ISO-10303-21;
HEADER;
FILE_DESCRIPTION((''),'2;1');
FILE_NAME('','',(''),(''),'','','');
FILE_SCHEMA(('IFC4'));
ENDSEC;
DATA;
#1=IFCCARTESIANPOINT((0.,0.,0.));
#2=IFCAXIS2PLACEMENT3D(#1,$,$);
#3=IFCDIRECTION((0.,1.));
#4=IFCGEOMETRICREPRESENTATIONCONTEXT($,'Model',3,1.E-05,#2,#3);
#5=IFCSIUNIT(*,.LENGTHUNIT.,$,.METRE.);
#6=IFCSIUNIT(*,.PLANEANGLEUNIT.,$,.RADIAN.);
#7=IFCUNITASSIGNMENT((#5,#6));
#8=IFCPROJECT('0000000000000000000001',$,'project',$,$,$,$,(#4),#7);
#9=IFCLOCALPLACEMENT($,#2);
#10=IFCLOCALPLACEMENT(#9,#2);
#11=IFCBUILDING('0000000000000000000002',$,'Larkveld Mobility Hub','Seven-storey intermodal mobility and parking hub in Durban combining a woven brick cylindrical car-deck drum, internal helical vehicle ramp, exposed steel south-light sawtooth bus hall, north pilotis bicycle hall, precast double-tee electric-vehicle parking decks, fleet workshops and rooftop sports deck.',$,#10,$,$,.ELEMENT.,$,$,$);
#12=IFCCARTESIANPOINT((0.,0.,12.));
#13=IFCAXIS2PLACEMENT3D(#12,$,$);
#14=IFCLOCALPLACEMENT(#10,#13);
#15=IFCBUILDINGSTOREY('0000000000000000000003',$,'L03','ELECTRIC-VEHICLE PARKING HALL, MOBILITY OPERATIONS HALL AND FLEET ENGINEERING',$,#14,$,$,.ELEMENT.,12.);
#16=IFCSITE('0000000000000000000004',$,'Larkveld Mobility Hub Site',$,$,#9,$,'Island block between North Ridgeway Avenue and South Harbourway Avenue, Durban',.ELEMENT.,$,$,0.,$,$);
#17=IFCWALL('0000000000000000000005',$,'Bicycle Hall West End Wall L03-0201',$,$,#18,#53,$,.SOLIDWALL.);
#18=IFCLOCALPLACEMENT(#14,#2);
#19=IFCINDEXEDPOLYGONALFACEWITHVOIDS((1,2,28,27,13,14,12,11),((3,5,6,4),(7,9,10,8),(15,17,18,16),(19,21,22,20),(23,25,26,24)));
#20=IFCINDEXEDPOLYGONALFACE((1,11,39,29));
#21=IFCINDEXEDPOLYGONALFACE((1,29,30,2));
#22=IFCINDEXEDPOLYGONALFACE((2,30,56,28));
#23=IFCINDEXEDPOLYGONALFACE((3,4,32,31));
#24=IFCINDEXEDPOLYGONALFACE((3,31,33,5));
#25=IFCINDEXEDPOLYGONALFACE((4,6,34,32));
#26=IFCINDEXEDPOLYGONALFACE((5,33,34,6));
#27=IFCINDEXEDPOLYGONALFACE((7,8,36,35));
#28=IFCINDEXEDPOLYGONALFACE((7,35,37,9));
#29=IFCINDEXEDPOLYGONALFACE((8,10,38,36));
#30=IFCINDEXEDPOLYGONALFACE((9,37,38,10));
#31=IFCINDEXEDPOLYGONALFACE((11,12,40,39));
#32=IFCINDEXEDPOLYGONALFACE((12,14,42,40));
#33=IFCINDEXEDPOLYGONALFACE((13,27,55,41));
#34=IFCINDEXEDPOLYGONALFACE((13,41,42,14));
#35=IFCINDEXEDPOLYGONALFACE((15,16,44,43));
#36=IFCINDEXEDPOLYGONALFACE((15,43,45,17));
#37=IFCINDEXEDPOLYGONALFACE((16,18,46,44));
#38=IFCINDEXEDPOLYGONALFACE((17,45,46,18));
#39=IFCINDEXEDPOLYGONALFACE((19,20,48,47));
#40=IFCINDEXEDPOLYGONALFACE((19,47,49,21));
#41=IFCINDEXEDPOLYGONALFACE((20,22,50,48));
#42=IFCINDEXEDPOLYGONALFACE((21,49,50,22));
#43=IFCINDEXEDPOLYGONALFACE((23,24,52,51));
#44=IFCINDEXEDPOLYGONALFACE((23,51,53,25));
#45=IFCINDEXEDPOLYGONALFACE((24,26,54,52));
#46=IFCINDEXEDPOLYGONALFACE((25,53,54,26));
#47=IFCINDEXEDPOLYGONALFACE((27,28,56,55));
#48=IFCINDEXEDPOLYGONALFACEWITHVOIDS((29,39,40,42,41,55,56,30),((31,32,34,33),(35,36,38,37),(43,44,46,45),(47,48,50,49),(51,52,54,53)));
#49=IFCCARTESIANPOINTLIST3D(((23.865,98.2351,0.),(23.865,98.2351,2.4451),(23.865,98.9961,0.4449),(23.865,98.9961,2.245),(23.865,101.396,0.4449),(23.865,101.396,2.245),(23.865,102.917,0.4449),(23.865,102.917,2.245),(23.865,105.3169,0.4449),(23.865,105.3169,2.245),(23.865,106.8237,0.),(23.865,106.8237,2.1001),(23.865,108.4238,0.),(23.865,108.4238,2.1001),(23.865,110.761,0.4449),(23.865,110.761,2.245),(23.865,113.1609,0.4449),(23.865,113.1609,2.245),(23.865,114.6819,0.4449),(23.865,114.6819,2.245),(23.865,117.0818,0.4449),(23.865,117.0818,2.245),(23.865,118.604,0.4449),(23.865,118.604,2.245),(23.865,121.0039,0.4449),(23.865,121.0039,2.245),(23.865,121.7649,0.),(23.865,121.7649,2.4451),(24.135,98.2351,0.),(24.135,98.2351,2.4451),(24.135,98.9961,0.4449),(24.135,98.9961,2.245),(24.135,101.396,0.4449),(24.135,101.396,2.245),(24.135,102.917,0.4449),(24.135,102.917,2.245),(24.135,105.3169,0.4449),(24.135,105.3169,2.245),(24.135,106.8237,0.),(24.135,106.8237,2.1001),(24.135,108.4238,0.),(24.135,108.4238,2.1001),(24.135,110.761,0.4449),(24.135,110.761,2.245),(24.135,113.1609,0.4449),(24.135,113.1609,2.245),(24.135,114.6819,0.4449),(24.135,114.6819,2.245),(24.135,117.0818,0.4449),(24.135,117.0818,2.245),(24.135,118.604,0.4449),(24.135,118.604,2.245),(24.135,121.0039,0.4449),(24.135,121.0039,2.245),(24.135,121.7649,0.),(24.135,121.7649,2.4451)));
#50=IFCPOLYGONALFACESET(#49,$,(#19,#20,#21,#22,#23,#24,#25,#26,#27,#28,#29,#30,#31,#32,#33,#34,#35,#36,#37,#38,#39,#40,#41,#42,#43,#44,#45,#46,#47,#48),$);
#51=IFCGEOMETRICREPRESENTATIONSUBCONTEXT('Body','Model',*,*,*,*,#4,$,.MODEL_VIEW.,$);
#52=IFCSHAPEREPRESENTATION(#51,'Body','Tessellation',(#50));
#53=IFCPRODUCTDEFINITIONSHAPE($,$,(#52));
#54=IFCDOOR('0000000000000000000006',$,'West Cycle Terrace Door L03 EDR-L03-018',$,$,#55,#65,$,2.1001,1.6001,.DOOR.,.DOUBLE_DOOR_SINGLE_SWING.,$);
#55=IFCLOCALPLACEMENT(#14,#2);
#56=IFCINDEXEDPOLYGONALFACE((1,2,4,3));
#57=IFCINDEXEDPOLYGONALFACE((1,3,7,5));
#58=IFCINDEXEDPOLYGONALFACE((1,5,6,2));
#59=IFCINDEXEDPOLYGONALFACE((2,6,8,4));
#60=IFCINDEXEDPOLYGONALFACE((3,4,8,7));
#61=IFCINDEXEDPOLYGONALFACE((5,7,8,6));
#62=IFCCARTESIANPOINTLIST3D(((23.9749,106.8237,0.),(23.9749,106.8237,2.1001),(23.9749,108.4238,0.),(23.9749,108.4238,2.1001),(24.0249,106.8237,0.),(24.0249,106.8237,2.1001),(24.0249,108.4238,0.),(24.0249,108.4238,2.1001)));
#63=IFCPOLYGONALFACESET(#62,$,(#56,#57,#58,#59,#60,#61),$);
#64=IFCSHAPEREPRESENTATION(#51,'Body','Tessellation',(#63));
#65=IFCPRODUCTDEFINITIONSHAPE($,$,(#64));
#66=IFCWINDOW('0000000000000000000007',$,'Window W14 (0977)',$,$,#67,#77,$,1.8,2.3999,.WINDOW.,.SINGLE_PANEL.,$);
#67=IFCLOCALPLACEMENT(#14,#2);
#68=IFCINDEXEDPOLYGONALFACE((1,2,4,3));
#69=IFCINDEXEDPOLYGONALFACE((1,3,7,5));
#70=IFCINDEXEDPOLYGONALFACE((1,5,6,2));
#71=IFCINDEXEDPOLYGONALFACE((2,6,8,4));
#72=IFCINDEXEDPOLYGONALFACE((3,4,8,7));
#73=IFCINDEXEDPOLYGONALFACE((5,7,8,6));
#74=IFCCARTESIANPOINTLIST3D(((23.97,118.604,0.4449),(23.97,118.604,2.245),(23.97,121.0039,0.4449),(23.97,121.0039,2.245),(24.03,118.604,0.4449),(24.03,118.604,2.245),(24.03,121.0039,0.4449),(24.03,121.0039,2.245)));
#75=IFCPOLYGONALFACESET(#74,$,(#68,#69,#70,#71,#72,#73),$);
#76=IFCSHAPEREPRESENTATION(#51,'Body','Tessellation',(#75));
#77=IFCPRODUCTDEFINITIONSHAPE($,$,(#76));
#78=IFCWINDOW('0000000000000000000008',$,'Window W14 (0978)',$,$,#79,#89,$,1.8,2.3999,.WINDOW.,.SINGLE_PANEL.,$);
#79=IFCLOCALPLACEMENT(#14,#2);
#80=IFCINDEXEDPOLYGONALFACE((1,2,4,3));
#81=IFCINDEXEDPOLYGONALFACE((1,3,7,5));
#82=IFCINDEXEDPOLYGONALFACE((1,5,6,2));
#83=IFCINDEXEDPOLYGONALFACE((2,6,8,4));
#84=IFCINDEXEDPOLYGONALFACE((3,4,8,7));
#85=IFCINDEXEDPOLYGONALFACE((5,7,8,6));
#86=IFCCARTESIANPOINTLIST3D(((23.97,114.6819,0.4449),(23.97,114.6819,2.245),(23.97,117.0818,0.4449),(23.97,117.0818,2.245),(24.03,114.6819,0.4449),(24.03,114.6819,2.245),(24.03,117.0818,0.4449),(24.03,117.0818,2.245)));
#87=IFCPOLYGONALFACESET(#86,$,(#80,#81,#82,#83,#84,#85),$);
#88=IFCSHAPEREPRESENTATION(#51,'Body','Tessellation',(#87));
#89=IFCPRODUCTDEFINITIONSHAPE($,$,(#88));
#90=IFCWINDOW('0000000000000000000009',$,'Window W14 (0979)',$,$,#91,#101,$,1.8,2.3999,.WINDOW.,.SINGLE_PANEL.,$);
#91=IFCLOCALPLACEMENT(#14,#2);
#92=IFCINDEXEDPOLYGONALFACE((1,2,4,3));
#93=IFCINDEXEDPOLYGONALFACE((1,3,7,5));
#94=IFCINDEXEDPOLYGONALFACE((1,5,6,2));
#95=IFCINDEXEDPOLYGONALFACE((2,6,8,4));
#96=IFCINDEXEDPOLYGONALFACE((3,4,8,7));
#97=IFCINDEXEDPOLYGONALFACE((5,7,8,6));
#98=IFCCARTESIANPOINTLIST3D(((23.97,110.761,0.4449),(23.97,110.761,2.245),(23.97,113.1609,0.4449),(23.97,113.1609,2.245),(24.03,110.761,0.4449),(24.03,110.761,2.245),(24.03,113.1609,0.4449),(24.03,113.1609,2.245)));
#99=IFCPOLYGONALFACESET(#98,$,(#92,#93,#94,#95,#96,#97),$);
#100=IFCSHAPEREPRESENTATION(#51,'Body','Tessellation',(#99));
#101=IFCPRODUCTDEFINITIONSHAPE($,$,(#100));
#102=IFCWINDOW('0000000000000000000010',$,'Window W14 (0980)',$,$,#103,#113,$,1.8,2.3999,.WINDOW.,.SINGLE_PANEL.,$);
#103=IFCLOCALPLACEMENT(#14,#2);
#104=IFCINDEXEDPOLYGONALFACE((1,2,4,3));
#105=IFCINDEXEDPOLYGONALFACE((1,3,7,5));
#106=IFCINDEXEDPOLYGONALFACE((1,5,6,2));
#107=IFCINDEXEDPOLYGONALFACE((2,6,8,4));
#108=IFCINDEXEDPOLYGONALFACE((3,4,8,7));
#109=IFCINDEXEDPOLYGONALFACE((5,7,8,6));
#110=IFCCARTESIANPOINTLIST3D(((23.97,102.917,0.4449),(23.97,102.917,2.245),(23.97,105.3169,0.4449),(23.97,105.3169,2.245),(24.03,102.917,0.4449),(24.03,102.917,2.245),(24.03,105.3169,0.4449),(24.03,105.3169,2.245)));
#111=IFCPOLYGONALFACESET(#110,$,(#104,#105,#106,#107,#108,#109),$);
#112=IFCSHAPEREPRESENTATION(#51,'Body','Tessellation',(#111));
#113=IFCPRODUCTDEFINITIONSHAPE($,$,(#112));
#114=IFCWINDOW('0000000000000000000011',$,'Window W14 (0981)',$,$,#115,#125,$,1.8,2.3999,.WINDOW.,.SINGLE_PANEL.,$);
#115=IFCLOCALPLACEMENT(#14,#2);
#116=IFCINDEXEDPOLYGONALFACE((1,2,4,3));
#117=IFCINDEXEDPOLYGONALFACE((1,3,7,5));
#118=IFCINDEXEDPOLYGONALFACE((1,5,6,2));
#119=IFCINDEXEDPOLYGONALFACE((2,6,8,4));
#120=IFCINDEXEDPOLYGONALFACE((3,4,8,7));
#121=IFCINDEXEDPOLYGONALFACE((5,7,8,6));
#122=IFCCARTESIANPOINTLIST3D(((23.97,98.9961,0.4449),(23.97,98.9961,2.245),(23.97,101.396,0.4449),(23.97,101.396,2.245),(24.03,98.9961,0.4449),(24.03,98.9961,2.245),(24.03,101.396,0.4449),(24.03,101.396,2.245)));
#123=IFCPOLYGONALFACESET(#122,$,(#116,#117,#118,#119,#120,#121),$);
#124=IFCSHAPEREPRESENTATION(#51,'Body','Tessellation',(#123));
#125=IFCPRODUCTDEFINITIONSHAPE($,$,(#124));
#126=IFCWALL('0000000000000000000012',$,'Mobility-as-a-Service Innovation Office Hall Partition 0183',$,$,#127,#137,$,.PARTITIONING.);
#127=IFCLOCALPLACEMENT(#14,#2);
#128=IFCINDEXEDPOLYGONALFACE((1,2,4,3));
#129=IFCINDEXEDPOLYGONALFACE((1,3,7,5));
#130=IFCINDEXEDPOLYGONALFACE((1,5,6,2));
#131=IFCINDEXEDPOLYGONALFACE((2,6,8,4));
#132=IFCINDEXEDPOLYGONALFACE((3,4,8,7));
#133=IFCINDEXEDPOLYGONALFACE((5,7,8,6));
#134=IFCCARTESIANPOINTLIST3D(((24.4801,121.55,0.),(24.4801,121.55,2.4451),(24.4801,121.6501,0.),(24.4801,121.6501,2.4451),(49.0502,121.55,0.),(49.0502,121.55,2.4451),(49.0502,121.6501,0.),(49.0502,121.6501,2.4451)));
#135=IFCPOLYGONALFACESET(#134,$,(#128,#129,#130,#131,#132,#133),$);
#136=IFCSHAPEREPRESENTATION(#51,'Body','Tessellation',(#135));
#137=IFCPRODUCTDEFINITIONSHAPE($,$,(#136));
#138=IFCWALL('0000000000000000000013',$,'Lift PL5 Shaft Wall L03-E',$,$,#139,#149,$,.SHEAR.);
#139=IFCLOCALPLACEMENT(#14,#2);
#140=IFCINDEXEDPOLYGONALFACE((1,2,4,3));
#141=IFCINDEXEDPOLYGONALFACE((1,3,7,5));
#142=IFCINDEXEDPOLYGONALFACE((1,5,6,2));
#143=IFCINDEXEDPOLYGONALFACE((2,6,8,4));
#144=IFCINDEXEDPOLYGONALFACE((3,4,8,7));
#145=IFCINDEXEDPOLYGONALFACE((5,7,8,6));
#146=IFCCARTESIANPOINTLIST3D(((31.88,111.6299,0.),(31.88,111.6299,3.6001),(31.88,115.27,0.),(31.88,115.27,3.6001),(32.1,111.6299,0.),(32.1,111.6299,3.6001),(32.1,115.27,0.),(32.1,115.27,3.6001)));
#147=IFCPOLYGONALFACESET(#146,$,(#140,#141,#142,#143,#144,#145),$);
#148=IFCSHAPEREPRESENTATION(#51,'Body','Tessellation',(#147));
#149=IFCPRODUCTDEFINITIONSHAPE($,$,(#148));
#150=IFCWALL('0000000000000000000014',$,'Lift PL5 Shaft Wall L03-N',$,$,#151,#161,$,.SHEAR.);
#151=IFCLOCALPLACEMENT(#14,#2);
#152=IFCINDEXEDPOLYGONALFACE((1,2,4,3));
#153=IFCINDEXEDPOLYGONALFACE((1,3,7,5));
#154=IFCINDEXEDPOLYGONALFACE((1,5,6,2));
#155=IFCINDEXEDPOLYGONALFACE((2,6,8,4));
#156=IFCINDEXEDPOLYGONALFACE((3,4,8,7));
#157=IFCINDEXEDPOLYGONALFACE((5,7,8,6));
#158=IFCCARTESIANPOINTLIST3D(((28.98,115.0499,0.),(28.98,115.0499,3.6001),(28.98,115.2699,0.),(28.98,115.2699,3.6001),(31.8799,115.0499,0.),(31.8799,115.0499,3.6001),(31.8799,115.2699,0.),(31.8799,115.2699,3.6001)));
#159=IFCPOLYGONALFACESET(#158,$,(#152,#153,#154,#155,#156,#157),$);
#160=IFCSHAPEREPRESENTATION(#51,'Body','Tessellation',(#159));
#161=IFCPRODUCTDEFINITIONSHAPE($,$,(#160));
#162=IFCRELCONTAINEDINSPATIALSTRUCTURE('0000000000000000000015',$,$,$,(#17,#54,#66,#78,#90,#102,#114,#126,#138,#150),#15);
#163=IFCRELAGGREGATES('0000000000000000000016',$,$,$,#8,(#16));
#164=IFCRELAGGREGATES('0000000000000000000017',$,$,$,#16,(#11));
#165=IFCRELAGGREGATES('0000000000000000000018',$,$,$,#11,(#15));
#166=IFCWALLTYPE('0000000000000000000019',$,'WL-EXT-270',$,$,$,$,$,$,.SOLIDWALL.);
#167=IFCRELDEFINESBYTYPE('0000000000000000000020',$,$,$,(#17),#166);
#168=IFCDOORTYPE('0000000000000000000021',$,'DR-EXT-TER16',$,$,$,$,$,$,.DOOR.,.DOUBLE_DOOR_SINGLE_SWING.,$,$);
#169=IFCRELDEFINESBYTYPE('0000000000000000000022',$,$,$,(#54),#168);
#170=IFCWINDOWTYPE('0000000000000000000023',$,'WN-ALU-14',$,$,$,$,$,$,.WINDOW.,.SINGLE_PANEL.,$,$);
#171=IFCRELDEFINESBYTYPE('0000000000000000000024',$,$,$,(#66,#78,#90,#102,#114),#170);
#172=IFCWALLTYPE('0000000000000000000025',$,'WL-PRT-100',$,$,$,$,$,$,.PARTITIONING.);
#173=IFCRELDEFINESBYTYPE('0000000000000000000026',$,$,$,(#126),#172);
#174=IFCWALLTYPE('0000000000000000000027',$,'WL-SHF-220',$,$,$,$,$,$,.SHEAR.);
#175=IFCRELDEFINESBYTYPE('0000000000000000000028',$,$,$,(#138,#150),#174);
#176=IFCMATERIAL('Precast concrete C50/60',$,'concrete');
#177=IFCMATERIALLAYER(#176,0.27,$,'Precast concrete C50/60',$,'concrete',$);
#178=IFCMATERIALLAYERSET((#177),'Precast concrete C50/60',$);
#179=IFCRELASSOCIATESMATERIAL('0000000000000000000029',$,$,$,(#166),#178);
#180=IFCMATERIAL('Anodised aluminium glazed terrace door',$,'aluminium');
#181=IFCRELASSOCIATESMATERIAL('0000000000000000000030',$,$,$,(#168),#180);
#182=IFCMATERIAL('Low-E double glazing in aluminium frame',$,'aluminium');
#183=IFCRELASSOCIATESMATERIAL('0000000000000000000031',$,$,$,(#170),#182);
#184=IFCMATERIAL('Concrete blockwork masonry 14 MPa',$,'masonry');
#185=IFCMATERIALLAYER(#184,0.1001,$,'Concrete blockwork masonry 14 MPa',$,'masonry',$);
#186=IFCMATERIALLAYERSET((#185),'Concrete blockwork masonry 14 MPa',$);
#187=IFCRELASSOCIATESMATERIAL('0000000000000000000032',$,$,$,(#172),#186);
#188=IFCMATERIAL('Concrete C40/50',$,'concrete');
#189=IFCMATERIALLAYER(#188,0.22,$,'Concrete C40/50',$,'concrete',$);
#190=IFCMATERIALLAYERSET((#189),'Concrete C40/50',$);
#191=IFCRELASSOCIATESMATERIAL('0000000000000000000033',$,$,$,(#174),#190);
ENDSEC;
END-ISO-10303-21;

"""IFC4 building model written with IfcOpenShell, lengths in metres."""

from ifc_helpers import new_model, si_unit, direction, frame, frame_2d, origin, place, context, subcontext, project, spatial, rectangle, extrude, material, layer, layer_set, type_object, element, fill, save


model = new_model("IFC4")

# Units and contexts
model_context = context("Model", 3, precision=1e-05, world=origin(), true_north=direction((0.0, 1.0)))
body_context = subcontext(model_context, "Body", "Model", "MODEL_VIEW")
ifc_project = project(units=[si_unit("LENGTHUNIT", "METRE"), si_unit("PLANEANGLEUNIT", "RADIAN")], contexts=[model_context])

# Site, building, storey
site_placement = place(None, origin())
site = spatial("IfcSite", under=ifc_project, at=site_placement, Name="Larkveld Mobility Hub Site", LongName="Island block between North Ridgeway Avenue and South Harbourway Avenue, Durban", CompositionType="ELEMENT", RefElevation=0.0)
building_placement = place(site_placement, origin())
building = spatial("IfcBuilding", under=site, at=building_placement, Name="Larkveld Mobility Hub", Description="Seven-storey intermodal mobility and parking hub in Durban combining a woven brick cylindrical car-deck drum, internal helical vehicle ramp, exposed steel south-light sawtooth bus hall, north pilotis bicycle hall, precast double-tee electric-vehicle parking decks, fleet workshops and rooftop sports deck.", CompositionType="ELEMENT")
storey_placement = place(building_placement, frame((0.0, 0.0, 12.0)))
storey = spatial("IfcBuildingStorey", under=building, at=storey_placement, Name="L03", Description="ELECTRIC-VEHICLE PARKING HALL, MOBILITY OPERATIONS HALL AND FLEET ENGINEERING", CompositionType="ELEMENT", Elevation=12.0)

# Shared definitions
ifc_material_1 = material(Name="Concrete C40/50", Category="concrete")

# Wall, openings, door, windows
ifc_material_2 = material(Name="Precast concrete C50/60", Category="concrete")
ifc_layer_1 = layer(ifc_material_2, 0.27, Name="Precast concrete C50/60", Category="concrete")
ifc_layer_set_1 = layer_set([ifc_layer_1], Name="Precast concrete C50/60")
wall_type_1 = type_object("IfcWallType", Name="WL-EXT-270", PredefinedType="SOLIDWALL", material=ifc_layer_set_1)
wall_1_placement = place(storey_placement, frame((24.0, 121.7649, 0.0), z_axis=(0.0, 0.0, 1.0), x_axis=(0.0, -1.0, 0.0)))
wall_1 = element("IfcWall", 1, at=wall_1_placement, inside=storey, type_object=wall_type_1, Name="Bicycle Hall West End Wall L03-0201", PredefinedType="SOLIDWALL", context=body_context, shape_type="SweptSolid", body=[
    extrude(rectangle(XDim=23.5298, YDim=0.27, at=frame_2d((11.7649, 0.0))), origin(), (0.0, 0.0, 1.0), 2.4451),
])
opening_1_placement = place(wall_1_placement, frame((13.3411, 0.0, 0.0)))
opening_1 = element("IfcOpeningElement", 2, at=opening_1_placement, cuts=wall_1, PredefinedType="OPENING", context=body_context, shape_type="SweptSolid", body=[
    extrude(rectangle(XDim=1.6001, YDim=2.1001, at=frame_2d((0.8, 1.05))), frame((0.0, 0.145, 0.0), z_axis=(0.0, -1.0, 0.0), x_axis=(1.0, 0.0, 0.0)), (0.0, 0.0, 1.0), 0.29),
])
opening_2_placement = place(wall_1_placement, frame((0.761, 0.0, 0.4451)))
opening_2 = element("IfcOpeningElement", 3, at=opening_2_placement, cuts=wall_1, PredefinedType="OPENING", context=body_context, shape_type="SweptSolid", body=[
    extrude(rectangle(XDim=2.3999, YDim=1.8, at=frame_2d((1.2, 0.8999))), frame((0.0, 0.145, 0.0), z_axis=(0.0, -1.0, 0.0), x_axis=(1.0, 0.0, 0.0)), (0.0, 0.0, 1.0), 0.29),
])
opening_3_placement = place(wall_1_placement, frame((4.6831, 0.0, 0.4451)))
opening_3 = element("IfcOpeningElement", 4, at=opening_3_placement, cuts=wall_1, PredefinedType="OPENING", context=body_context, shape_type="SweptSolid", body=[
    extrude(rectangle(XDim=2.3999, YDim=1.8, at=frame_2d((1.2, 0.8999))), frame((0.0, 0.145, 0.0), z_axis=(0.0, -1.0, 0.0), x_axis=(1.0, 0.0, 0.0)), (0.0, 0.0, 1.0), 0.29),
])
opening_4_placement = place(wall_1_placement, frame((8.604, 0.0, 0.4451)))
opening_4 = element("IfcOpeningElement", 5, at=opening_4_placement, cuts=wall_1, PredefinedType="OPENING", context=body_context, shape_type="SweptSolid", body=[
    extrude(rectangle(XDim=2.3999, YDim=1.8, at=frame_2d((1.2, 0.8999))), frame((0.0, 0.145, 0.0), z_axis=(0.0, -1.0, 0.0), x_axis=(1.0, 0.0, 0.0)), (0.0, 0.0, 1.0), 0.29),
])
opening_5_placement = place(wall_1_placement, frame((16.448, 0.0, 0.4451)))
opening_5 = element("IfcOpeningElement", 6, at=opening_5_placement, cuts=wall_1, PredefinedType="OPENING", context=body_context, shape_type="SweptSolid", body=[
    extrude(rectangle(XDim=2.3999, YDim=1.8, at=frame_2d((1.2, 0.8999))), frame((0.0, 0.145, 0.0), z_axis=(0.0, -1.0, 0.0), x_axis=(1.0, 0.0, 0.0)), (0.0, 0.0, 1.0), 0.29),
])
opening_6_placement = place(wall_1_placement, frame((20.3689, 0.0, 0.4451)))
opening_6 = element("IfcOpeningElement", 7, at=opening_6_placement, cuts=wall_1, PredefinedType="OPENING", context=body_context, shape_type="SweptSolid", body=[
    extrude(rectangle(XDim=2.3999, YDim=1.8, at=frame_2d((1.2, 0.8999))), frame((0.0, 0.145, 0.0), z_axis=(0.0, -1.0, 0.0), x_axis=(1.0, 0.0, 0.0)), (0.0, 0.0, 1.0), 0.29),
])
ifc_material_3 = material(Name="Anodised aluminium glazed terrace door", Category="aluminium")
door_type = type_object("IfcDoorType", Name="DR-EXT-TER16", OperationType="DOUBLE_DOOR_SINGLE_SWING", PredefinedType="DOOR", material=ifc_material_3)
door_placement = place(opening_1_placement, origin())
door = element("IfcDoor", 8, at=door_placement, inside=storey, type_object=door_type, Name="West Cycle Terrace Door L03 EDR-L03-018", OperationType="DOUBLE_DOOR_SINGLE_SWING", OverallHeight=2.1001, OverallWidth=1.6001, PredefinedType="DOOR", context=body_context, shape_type="SweptSolid", body=[
    extrude(rectangle(XDim=1.6001, YDim=2.1001, at=frame_2d((0.8, 1.05))), frame((0.0, 0.0249, 0.0), z_axis=(0.0, -1.0, 0.0), x_axis=(1.0, 0.0, 0.0)), (0.0, 0.0, 1.0), 0.05),
])
fill(opening_1, door)
ifc_material_4 = material(Name="Low-E double glazing in aluminium frame", Category="aluminium")
window_type = type_object("IfcWindowType", Name="WN-ALU-14", PartitioningType="SINGLE_PANEL", PredefinedType="WINDOW", material=ifc_material_4)
window_1_placement = place(opening_2_placement, origin())
window_1 = element("IfcWindow", 9, at=window_1_placement, inside=storey, type_object=window_type, Name="Window W14 (0977)", OverallHeight=1.8, OverallWidth=2.3999, PartitioningType="SINGLE_PANEL", PredefinedType="WINDOW", context=body_context, shape_type="SweptSolid", body=[
    extrude(rectangle(XDim=2.3999, YDim=1.8, at=frame_2d((1.2, 0.8999))), frame((0.0, 0.03, 0.0), z_axis=(0.0, -1.0, 0.0), x_axis=(1.0, 0.0, 0.0)), (0.0, 0.0, 1.0), 0.0601),
])
fill(opening_2, window_1)
window_2_placement = place(opening_3_placement, origin())
window_2 = element("IfcWindow", 10, at=window_2_placement, inside=storey, type_object=window_type, Name="Window W14 (0978)", OverallHeight=1.8, OverallWidth=2.3999, PartitioningType="SINGLE_PANEL", PredefinedType="WINDOW", context=body_context, shape_type="SweptSolid", body=[
    extrude(rectangle(XDim=2.3999, YDim=1.8, at=frame_2d((1.2, 0.8999))), frame((0.0, 0.03, 0.0), z_axis=(0.0, -1.0, 0.0), x_axis=(1.0, 0.0, 0.0)), (0.0, 0.0, 1.0), 0.0601),
])
fill(opening_3, window_2)
window_3_placement = place(opening_4_placement, origin())
window_3 = element("IfcWindow", 11, at=window_3_placement, inside=storey, type_object=window_type, Name="Window W14 (0979)", OverallHeight=1.8, OverallWidth=2.3999, PartitioningType="SINGLE_PANEL", PredefinedType="WINDOW", context=body_context, shape_type="SweptSolid", body=[
    extrude(rectangle(XDim=2.3999, YDim=1.8, at=frame_2d((1.2, 0.8999))), frame((0.0, 0.03, 0.0), z_axis=(0.0, -1.0, 0.0), x_axis=(1.0, 0.0, 0.0)), (0.0, 0.0, 1.0), 0.0601),
])
fill(opening_4, window_3)
window_4_placement = place(opening_5_placement, origin())
window_4 = element("IfcWindow", 12, at=window_4_placement, inside=storey, type_object=window_type, Name="Window W14 (0980)", OverallHeight=1.8, OverallWidth=2.3999, PartitioningType="SINGLE_PANEL", PredefinedType="WINDOW", context=body_context, shape_type="SweptSolid", body=[
    extrude(rectangle(XDim=2.3999, YDim=1.8, at=frame_2d((1.2, 0.8999))), frame((0.0, 0.03, 0.0), z_axis=(0.0, -1.0, 0.0), x_axis=(1.0, 0.0, 0.0)), (0.0, 0.0, 1.0), 0.0601),
])
fill(opening_5, window_4)
window_5_placement = place(opening_6_placement, origin())
window_5 = element("IfcWindow", 13, at=window_5_placement, inside=storey, type_object=window_type, Name="Window W14 (0981)", OverallHeight=1.8, OverallWidth=2.3999, PartitioningType="SINGLE_PANEL", PredefinedType="WINDOW", context=body_context, shape_type="SweptSolid", body=[
    extrude(rectangle(XDim=2.3999, YDim=1.8, at=frame_2d((1.2, 0.8999))), frame((0.0, 0.03, 0.0), z_axis=(0.0, -1.0, 0.0), x_axis=(1.0, 0.0, 0.0)), (0.0, 0.0, 1.0), 0.0601),
])
fill(opening_6, window_5)

# Walls
ifc_material_5 = material(Name="Concrete blockwork masonry 14 MPa", Category="masonry")
ifc_layer_2 = layer(ifc_material_5, 0.1001, Name="Concrete blockwork masonry 14 MPa", Category="masonry")
ifc_layer_set_2 = layer_set([ifc_layer_2], Name="Concrete blockwork masonry 14 MPa")
wall_type_2 = type_object("IfcWallType", Name="WL-PRT-100", PredefinedType="PARTITIONING", material=ifc_layer_set_2)
wall_2_placement = place(storey_placement, frame((24.48, 121.6001, 0.0), z_axis=(0.0, 0.0, 1.0), x_axis=(1.0, 0.0, 0.0)))
element("IfcWall", 14, at=wall_2_placement, inside=storey, type_object=wall_type_2, Name="Mobility-as-a-Service Innovation Office Hall Partition 0183", PredefinedType="PARTITIONING", context=body_context, shape_type="SweptSolid", body=[
    extrude(rectangle(XDim=24.5701, YDim=0.1001, at=frame_2d((12.2852, 0.0))), origin(), (0.0, 0.0, 1.0), 2.4451),
])
ifc_layer_3 = layer(ifc_material_1, 0.22, Name="Concrete C40/50", Category="concrete")
ifc_layer_set_3 = layer_set([ifc_layer_3], Name="Concrete C40/50")
wall_type_3 = type_object("IfcWallType", Name="WL-SHF-220", PredefinedType="SHEAR", material=ifc_layer_set_3)
wall_3_placement = place(storey_placement, frame((31.99, 115.27, 0.0), z_axis=(0.0, 0.0, 1.0), x_axis=(0.0, -1.0, 0.0)))
element("IfcWall", 15, at=wall_3_placement, inside=storey, type_object=wall_type_3, Name="Lift PL5 Shaft Wall L03-E", PredefinedType="SHEAR", context=body_context, shape_type="SweptSolid", body=[
    extrude(rectangle(XDim=3.6401, YDim=0.22, at=frame_2d((1.8201, 0.0))), origin(), (0.0, 0.0, 1.0), 3.6001),
])
wall_4_placement = place(storey_placement, frame((28.98, 115.1599, 0.0), z_axis=(0.0, 0.0, 1.0), x_axis=(1.0, 0.0, 0.0)))
element("IfcWall", 16, at=wall_4_placement, inside=storey, type_object=wall_type_3, Name="Lift PL5 Shaft Wall L03-N", PredefinedType="SHEAR", context=body_context, shape_type="SweptSolid", body=[
    extrude(rectangle(XDim=2.8999, YDim=0.22, at=frame_2d((1.45, 0.0))), origin(), (0.0, 0.0, 1.0), 3.6001),
])

save(model, "model.ifc")
